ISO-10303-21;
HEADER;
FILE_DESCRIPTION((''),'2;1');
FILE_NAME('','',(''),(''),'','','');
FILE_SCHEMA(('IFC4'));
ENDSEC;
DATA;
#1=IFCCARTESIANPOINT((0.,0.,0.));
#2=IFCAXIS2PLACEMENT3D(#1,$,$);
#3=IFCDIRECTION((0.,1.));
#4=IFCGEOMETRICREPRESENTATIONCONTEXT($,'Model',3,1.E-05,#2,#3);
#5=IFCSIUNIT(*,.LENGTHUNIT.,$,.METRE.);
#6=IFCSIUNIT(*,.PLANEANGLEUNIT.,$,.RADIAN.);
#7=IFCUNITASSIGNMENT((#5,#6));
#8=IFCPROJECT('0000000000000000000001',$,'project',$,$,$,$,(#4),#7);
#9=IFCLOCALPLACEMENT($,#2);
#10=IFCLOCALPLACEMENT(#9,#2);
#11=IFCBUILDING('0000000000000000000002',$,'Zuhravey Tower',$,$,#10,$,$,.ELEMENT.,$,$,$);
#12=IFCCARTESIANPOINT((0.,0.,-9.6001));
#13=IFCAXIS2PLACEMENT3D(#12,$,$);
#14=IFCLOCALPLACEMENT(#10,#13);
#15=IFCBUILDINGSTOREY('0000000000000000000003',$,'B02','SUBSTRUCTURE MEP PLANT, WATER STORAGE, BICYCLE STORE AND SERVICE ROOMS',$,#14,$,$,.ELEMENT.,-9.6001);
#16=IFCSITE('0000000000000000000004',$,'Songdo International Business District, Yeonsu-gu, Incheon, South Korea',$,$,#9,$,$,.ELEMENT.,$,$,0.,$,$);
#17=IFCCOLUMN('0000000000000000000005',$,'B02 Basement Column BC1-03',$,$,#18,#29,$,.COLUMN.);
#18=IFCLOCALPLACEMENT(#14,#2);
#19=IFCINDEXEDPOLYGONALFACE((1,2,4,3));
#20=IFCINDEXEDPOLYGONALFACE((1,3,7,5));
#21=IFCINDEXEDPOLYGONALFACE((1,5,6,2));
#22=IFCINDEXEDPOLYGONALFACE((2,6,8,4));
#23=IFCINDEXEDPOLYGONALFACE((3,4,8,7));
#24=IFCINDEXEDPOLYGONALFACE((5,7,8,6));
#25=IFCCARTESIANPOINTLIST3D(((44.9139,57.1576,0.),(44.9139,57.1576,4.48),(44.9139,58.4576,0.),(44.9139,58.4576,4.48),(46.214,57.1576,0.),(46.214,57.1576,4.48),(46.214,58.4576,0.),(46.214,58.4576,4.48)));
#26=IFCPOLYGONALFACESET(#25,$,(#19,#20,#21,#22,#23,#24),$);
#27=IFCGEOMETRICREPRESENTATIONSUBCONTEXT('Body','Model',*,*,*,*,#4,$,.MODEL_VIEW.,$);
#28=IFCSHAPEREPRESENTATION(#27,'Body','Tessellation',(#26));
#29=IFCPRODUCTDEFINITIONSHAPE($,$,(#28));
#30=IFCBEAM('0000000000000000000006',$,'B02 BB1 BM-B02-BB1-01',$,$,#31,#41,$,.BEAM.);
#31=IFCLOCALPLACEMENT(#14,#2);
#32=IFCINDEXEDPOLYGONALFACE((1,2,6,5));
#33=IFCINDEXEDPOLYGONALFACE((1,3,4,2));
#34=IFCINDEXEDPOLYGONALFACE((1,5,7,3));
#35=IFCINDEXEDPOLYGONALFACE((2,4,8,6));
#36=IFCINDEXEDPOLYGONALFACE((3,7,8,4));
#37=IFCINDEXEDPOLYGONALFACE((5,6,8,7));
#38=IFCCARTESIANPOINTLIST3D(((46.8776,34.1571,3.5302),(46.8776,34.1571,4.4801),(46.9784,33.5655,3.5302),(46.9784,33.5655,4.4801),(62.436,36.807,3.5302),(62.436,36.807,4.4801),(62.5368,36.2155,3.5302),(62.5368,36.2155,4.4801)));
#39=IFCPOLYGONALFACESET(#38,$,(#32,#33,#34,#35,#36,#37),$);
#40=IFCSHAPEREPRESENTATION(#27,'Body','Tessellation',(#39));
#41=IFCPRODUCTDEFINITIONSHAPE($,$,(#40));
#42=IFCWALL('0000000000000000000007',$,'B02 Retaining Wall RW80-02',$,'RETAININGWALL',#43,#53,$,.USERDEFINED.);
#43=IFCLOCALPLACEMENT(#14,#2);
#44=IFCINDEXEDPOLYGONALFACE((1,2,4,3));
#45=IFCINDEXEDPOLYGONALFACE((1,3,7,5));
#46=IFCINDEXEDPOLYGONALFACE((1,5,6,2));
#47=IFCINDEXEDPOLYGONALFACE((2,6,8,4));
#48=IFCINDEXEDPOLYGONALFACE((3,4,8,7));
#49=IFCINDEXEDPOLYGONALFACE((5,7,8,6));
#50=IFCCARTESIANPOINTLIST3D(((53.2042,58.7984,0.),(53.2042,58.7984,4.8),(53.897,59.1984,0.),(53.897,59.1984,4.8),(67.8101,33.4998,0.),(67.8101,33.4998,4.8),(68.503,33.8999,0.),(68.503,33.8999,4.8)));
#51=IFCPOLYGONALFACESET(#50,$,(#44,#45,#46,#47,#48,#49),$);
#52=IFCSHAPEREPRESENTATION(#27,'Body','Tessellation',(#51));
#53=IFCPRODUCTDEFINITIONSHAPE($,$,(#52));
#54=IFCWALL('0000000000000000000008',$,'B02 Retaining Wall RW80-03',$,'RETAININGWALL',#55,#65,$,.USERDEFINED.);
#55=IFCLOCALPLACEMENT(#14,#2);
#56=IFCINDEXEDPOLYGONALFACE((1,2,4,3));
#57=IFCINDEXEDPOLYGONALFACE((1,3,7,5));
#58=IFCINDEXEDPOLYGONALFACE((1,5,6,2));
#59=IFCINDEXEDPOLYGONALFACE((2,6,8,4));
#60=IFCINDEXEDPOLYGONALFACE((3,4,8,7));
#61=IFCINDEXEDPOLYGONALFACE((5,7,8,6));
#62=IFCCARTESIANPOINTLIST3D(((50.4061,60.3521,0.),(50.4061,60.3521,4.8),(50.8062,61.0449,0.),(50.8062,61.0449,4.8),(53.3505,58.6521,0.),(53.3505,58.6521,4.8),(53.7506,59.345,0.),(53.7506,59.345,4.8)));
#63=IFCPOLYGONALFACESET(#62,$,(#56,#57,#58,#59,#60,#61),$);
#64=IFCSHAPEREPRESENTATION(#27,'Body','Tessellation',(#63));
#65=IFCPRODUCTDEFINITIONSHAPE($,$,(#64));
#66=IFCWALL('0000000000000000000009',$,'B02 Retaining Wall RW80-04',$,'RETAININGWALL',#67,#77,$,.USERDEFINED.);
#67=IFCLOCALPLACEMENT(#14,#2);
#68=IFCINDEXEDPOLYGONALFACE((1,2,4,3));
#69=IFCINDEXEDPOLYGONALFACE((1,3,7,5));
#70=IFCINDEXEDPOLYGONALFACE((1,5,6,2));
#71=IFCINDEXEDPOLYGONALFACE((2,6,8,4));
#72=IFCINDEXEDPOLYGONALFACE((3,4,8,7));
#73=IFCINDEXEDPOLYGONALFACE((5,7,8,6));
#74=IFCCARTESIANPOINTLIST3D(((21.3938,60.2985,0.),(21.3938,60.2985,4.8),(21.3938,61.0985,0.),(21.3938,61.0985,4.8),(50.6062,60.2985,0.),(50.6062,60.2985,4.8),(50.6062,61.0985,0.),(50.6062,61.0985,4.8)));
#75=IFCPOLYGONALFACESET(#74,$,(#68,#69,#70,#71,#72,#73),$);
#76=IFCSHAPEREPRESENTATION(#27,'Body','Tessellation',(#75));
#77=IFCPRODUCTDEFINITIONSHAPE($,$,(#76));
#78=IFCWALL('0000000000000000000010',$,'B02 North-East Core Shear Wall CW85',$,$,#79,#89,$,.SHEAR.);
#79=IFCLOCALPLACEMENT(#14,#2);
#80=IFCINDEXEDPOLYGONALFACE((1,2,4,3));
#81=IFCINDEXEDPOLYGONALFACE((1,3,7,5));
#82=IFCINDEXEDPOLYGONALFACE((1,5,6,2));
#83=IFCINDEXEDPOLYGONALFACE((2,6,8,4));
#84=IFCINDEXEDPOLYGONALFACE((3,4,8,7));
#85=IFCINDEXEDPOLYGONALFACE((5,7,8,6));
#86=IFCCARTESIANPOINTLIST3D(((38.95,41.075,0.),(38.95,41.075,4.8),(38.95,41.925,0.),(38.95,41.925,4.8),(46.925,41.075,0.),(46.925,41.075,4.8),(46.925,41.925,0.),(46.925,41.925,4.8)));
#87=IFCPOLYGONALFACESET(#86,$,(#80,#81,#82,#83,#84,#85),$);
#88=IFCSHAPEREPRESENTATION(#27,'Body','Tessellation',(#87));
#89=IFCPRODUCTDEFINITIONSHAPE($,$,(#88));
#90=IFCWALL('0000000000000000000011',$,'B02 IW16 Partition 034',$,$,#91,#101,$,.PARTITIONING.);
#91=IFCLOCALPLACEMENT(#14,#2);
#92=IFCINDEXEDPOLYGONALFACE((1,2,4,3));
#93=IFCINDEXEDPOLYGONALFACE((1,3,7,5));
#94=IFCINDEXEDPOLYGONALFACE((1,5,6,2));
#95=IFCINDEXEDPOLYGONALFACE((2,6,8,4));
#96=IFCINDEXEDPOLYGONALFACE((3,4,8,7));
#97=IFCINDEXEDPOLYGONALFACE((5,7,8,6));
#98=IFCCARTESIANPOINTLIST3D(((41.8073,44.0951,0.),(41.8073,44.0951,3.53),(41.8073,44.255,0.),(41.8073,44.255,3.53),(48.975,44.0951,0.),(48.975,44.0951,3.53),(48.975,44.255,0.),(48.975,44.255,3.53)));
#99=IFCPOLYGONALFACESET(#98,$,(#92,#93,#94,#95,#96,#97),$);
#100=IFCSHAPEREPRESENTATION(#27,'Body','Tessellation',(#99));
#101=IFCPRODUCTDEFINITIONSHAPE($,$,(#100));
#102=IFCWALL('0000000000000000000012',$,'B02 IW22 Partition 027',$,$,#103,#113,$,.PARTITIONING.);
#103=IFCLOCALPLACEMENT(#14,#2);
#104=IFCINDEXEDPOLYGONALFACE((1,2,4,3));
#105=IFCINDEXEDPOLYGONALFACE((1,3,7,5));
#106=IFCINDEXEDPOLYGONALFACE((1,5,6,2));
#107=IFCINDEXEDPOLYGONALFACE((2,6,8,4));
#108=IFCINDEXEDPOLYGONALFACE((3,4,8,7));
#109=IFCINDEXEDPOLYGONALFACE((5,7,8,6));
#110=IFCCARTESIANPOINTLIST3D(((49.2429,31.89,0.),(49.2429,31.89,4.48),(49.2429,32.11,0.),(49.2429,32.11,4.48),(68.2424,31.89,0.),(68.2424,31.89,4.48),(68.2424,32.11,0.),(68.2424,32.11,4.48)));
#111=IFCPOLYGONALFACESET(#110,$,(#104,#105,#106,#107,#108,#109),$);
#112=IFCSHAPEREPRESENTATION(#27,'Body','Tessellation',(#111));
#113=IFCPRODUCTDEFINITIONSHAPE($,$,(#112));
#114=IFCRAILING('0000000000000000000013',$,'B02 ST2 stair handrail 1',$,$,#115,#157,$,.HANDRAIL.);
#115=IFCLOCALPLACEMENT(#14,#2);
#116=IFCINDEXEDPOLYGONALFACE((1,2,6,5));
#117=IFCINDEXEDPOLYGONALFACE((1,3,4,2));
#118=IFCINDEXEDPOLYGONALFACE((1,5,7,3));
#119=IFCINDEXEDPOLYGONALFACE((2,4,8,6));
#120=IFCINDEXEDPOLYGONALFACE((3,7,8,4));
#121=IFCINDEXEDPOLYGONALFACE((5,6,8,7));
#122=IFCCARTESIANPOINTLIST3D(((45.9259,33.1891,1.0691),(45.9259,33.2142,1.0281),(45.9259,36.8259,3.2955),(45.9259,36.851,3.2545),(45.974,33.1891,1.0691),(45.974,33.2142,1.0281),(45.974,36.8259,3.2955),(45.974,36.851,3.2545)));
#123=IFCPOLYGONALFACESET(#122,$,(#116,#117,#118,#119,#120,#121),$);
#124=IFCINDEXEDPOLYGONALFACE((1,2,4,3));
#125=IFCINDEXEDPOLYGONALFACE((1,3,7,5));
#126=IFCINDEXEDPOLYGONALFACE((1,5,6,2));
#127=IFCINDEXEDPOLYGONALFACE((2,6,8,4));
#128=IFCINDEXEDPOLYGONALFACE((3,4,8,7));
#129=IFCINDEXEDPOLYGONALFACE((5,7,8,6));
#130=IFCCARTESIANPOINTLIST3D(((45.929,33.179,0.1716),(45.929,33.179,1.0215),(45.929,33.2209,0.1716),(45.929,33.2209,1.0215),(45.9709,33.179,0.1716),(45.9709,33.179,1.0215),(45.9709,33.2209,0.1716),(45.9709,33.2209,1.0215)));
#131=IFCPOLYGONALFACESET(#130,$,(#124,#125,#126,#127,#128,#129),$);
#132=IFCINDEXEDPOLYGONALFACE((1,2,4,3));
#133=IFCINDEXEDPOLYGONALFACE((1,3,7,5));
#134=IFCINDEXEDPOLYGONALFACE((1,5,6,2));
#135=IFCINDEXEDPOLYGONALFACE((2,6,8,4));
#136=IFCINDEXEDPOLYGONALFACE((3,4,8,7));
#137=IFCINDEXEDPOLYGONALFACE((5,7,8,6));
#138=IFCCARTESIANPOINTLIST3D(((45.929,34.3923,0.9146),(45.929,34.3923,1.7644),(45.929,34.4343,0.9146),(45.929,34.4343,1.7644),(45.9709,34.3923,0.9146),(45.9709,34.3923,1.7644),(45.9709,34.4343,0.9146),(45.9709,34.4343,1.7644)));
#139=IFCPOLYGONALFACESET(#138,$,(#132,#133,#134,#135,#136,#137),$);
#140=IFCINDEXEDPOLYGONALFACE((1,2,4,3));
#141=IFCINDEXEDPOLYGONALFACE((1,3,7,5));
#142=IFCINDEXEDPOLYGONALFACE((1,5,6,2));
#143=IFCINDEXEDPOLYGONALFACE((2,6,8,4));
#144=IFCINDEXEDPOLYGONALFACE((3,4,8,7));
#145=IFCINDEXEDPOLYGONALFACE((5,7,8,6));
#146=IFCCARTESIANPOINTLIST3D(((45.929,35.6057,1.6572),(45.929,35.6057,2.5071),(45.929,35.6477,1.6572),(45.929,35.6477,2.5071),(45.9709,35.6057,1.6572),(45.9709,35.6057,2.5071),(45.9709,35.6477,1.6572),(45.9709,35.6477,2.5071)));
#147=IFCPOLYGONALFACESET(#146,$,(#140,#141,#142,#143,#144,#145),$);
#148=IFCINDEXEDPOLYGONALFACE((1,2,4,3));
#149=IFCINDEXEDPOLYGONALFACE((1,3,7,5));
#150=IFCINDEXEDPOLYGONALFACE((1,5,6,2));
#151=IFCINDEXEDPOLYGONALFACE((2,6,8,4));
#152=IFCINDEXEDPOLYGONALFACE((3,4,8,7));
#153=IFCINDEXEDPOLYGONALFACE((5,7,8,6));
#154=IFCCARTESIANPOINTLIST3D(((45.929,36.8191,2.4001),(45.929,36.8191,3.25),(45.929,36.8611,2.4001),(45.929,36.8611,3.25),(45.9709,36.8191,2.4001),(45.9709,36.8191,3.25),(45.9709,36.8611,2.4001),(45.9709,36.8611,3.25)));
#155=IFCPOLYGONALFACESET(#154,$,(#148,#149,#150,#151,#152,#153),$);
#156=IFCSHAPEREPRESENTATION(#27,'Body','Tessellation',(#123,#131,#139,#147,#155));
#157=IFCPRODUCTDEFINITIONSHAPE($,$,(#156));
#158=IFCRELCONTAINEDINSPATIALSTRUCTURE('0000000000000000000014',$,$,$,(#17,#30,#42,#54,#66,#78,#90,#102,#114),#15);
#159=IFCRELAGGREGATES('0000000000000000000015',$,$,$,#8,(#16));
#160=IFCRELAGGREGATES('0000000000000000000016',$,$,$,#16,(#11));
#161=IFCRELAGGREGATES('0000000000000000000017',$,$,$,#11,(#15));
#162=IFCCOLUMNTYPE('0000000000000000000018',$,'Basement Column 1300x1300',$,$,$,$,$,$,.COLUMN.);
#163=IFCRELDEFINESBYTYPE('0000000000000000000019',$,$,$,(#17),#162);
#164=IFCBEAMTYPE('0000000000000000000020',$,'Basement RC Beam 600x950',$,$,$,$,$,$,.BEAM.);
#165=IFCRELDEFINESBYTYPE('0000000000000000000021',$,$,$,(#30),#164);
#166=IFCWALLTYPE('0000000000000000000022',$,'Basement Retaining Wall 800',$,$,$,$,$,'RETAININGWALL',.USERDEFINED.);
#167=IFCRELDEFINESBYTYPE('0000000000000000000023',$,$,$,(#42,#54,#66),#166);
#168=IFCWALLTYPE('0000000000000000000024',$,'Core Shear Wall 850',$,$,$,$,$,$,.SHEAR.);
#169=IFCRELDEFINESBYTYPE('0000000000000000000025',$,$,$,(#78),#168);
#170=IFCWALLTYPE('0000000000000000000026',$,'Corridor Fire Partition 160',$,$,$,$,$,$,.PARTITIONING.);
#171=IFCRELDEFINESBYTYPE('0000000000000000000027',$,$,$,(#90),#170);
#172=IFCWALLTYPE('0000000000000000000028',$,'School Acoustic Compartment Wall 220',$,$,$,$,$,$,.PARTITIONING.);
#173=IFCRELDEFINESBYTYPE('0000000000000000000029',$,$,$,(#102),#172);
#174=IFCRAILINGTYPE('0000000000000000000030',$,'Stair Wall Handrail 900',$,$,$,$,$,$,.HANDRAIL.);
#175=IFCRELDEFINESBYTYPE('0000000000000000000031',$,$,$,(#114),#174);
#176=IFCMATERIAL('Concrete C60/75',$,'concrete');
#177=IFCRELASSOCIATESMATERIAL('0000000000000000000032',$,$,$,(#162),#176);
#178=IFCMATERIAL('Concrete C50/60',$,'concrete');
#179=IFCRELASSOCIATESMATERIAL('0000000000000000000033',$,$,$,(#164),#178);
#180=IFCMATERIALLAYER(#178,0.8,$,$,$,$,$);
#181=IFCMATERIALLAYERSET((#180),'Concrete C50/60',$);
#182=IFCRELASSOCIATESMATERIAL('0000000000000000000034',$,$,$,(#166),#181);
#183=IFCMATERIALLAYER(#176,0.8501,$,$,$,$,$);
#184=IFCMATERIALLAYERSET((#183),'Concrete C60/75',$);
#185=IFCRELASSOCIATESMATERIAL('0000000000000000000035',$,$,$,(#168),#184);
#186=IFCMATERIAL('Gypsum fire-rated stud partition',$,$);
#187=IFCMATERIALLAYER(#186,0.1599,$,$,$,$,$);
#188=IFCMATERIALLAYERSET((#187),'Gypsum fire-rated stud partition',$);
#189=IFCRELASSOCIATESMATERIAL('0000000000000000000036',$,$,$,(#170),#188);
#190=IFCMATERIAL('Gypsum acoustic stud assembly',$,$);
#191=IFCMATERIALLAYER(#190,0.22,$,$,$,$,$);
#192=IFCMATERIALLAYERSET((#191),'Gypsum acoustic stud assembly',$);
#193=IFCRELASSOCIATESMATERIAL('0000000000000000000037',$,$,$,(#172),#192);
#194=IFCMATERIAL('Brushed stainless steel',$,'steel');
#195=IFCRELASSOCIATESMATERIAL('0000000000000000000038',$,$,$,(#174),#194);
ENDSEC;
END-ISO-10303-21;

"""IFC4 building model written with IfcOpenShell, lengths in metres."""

from ifc_helpers import new_model, si_unit, direction, frame, frame_2d, origin, origin_2d, place, context, subcontext, project, spatial, rectangle, extrude, material, layer, layer_set, material_profile, profile_set, type_object, element, save


model = new_model("IFC4")

# Units and contexts
model_context = context("Model", 3, precision=1e-05, world=origin(), true_north=direction((0.0, 1.0)))
body_context = subcontext(model_context, "Body", "Model", "MODEL_VIEW")
ifc_project = project(units=[si_unit("LENGTHUNIT", "METRE"), si_unit("PLANEANGLEUNIT", "RADIAN")], contexts=[model_context])

# Site, building, storey
site_placement = place(None, origin())
site = spatial("IfcSite", under=ifc_project, at=site_placement, Name="Songdo International Business District, Yeonsu-gu, Incheon, South Korea", CompositionType="ELEMENT", RefElevation=0.0)
building_placement = place(site_placement, origin())
building = spatial("IfcBuilding", under=site, at=building_placement, Name="Zuhravey Tower", CompositionType="ELEMENT")
storey_placement = place(building_placement, frame((0.0, 0.0, -9.6001)))
storey = spatial("IfcBuildingStorey", under=building, at=storey_placement, Name="B02", Description="SUBSTRUCTURE MEP PLANT, WATER STORAGE, BICYCLE STORE AND SERVICE ROOMS", CompositionType="ELEMENT", Elevation=-9.6001)

# Shared definitions
ifc_material_1 = material(Name="Concrete C50/60", Category="concrete")

# Column
ifc_material_2 = material(Name="Concrete C60/75", Category="concrete")
ifc_material_profile_1 = material_profile(ifc_material_2, rectangle(XDim=1.3, YDim=1.3, at=origin_2d()), Name="RC-1300x1300")
ifc_profile_set_1 = profile_set([ifc_material_profile_1], Name="Concrete C60/75")
column_type = type_object("IfcColumnType", Name="Basement Column 1300x1300", PredefinedType="COLUMN", material=ifc_profile_set_1)
for number, where, z_axis, x_axis, name in (
    (1, (45.564, 57.8076, 0.0), (0.0, 0.0, 1.0), (1.0, 0.0, 0.0), "B02 Basement Column BC1-03"),
):
    element("IfcColumn", number, at=place(storey_placement, frame(where, z_axis=z_axis, x_axis=x_axis)), inside=storey, type_object=column_type, Name=name, PredefinedType="COLUMN", context=body_context, shape_type="SweptSolid", body=[
        extrude(rectangle(XDim=1.3, YDim=1.3, at=origin_2d()), origin(), (0.0, 0.0, 1.0), 4.48),
    ])

# Beam
ifc_material_profile_2 = material_profile(ifc_material_1, rectangle(XDim=0.6001, YDim=0.95, at=origin_2d()), Name="RC-600x950")
ifc_profile_set_2 = profile_set([ifc_material_profile_2], Name="Concrete C50/60")
beam_type = type_object("IfcBeamType", Name="Basement RC Beam 600x950", PredefinedType="BEAM", material=ifc_profile_set_2)
beam_placement = place(storey_placement, frame((46.928, 33.8613, 4.0051), z_axis=(0.985804, 0.167902, 0.0), x_axis=(-0.167902, 0.985804, 0.0)))
element("IfcBeam", 2, at=beam_placement, inside=storey, type_object=beam_type, Name="B02 BB1 BM-B02-BB1-01", PredefinedType="BEAM", context=body_context, shape_type="SweptSolid", body=[
    extrude(rectangle(XDim=0.6001, YDim=0.95, at=origin_2d()), origin(), (0.0, 0.0, 1.0), 15.7825),
])

# Walls
ifc_layer_1 = layer(ifc_material_1, 0.8)
ifc_layer_set_1 = layer_set([ifc_layer_1], Name="Concrete C50/60")
wall_type_1 = type_object("IfcWallType", Name="Basement Retaining Wall 800", ElementType="RETAININGWALL", PredefinedType="USERDEFINED", material=ifc_layer_set_1)
wall_1_placement = place(storey_placement, frame((68.1565, 33.7, 0.0), z_axis=(0.0, 0.0, 1.0), x_axis=(-0.499995, 0.866028, 0.0)))
element("IfcWall", 3, at=wall_1_placement, inside=storey, type_object=wall_type_1, Name="B02 Retaining Wall RW80-02", ObjectType="RETAININGWALL", PredefinedType="USERDEFINED", context=body_context, shape_type="SweptSolid", body=[
    extrude(rectangle(XDim=29.2122, YDim=0.8, at=frame_2d((14.606, 0.0))), origin(), (0.0, 0.0, 1.0), 4.8),
])
wall_2_placement = place(storey_placement, frame((53.5505, 58.9985, 0.0), z_axis=(0.0, 0.0, 1.0), x_axis=(-0.866021, 0.500008, 0.0)))
element("IfcWall", 4, at=wall_2_placement, inside=storey, type_object=wall_type_1, Name="B02 Retaining Wall RW80-03", ObjectType="RETAININGWALL", PredefinedType="USERDEFINED", context=body_context, shape_type="SweptSolid", body=[
    extrude(rectangle(XDim=3.3999, YDim=0.8, at=frame_2d((1.7, 0.0))), origin(), (0.0, 0.0, 1.0), 4.8),
])
wall_3_placement = place(storey_placement, frame((50.6062, 60.6985, 0.0), z_axis=(0.0, 0.0, 1.0), x_axis=(-1.0, 0.0, 0.0)))
element("IfcWall", 5, at=wall_3_placement, inside=storey, type_object=wall_type_1, Name="B02 Retaining Wall RW80-04", ObjectType="RETAININGWALL", PredefinedType="USERDEFINED", context=body_context, shape_type="SweptSolid", body=[
    extrude(rectangle(XDim=29.2124, YDim=0.8, at=frame_2d((14.6062, 0.0))), origin(), (0.0, 0.0, 1.0), 4.8),
])
ifc_layer_2 = layer(ifc_material_2, 0.8501)
ifc_layer_set_2 = layer_set([ifc_layer_2], Name="Concrete C60/75")
wall_type_2 = type_object("IfcWallType", Name="Core Shear Wall 850", PredefinedType="SHEAR", material=ifc_layer_set_2)
wall_4_placement = place(storey_placement, frame((46.925, 41.5, 0.0), z_axis=(0.0, 0.0, 1.0), x_axis=(-1.0, 0.0, 0.0)))
element("IfcWall", 6, at=wall_4_placement, inside=storey, type_object=wall_type_2, Name="B02 North-East Core Shear Wall CW85", PredefinedType="SHEAR", context=body_context, shape_type="SweptSolid", body=[
    extrude(rectangle(XDim=7.9751, YDim=0.8501, at=frame_2d((3.9875, 0.0))), origin(), (0.0, 0.0, 1.0), 4.8),
])
ifc_material_3 = material(Name="Gypsum fire-rated stud partition")
ifc_layer_3 = layer(ifc_material_3, 0.1599)
ifc_layer_set_3 = layer_set([ifc_layer_3], Name="Gypsum fire-rated stud partition")
wall_type_3 = type_object("IfcWallType", Name="Corridor Fire Partition 160", PredefinedType="PARTITIONING", material=ifc_layer_set_3)
wall_5_placement = place(storey_placement, frame((48.9751, 44.175, 0.0), z_axis=(0.0, 0.0, 1.0), x_axis=(-1.0, 0.0, 0.0)))
element("IfcWall", 7, at=wall_5_placement, inside=storey, type_object=wall_type_3, Name="B02 IW16 Partition 034", PredefinedType="PARTITIONING", context=body_context, shape_type="SweptSolid", body=[
    extrude(rectangle(XDim=7.1677, YDim=0.1599, at=frame_2d((3.584, 0.0))), origin(), (0.0, 0.0, 1.0), 3.53),
])
ifc_material_4 = material(Name="Gypsum acoustic stud assembly")
ifc_layer_4 = layer(ifc_material_4, 0.22)
ifc_layer_set_4 = layer_set([ifc_layer_4], Name="Gypsum acoustic stud assembly")
wall_type_4 = type_object("IfcWallType", Name="School Acoustic Compartment Wall 220", PredefinedType="PARTITIONING", material=ifc_layer_set_4)
wall_6_placement = place(storey_placement, frame((49.2429, 32.0, 0.0), z_axis=(0.0, 0.0, 1.0), x_axis=(1.0, 0.0, 0.0)))
element("IfcWall", 8, at=wall_6_placement, inside=storey, type_object=wall_type_4, Name="B02 IW22 Partition 027", PredefinedType="PARTITIONING", context=body_context, shape_type="SweptSolid", body=[
    extrude(rectangle(XDim=18.9995, YDim=0.22, at=frame_2d((9.4998, 0.0))), origin(), (0.0, 0.0, 1.0), 4.48),
])

# Railing
ifc_material_5 = material(Name="Brushed stainless steel", Category="steel")
railing_type = type_object("IfcRailingType", Name="Stair Wall Handrail 900", PredefinedType="HANDRAIL", material=ifc_material_5)
railing_placement = place(storey_placement, frame((45.95, 33.2, 0.1716)))
element("IfcRailing", 9, at=railing_placement, inside=storey, type_object=railing_type, Name="B02 ST2 stair handrail 1", PredefinedType="HANDRAIL", context=body_context, shape_type="SweptSolid", body=[
    extrude(rectangle(XDim=0.0481, YDim=0.0481, at=origin_2d()), frame((0.0, 0.0017, 0.877), z_axis=(0.0, 0.852866, 0.52213), x_axis=(-1.0, 0.0, 0.0)), (0.0, 0.0, 1.0), 4.2642),
    extrude(rectangle(XDim=0.042, YDim=0.042, at=origin_2d()), origin(), (0.0, 0.0, 1.0), 0.8499),
    extrude(rectangle(XDim=0.042, YDim=0.042, at=origin_2d()), frame((0.0, 1.2134, 0.7429)), (0.0, 0.0, 1.0), 0.8499),
    extrude(rectangle(XDim=0.042, YDim=0.042, at=origin_2d()), frame((0.0, 2.4268, 1.4856)), (0.0, 0.0, 1.0), 0.8499),
    extrude(rectangle(XDim=0.042, YDim=0.042, at=origin_2d()), frame((0.0, 3.6401, 2.2285)), (0.0, 0.0, 1.0), 0.8499),
])

save(model, "model.ifc")
